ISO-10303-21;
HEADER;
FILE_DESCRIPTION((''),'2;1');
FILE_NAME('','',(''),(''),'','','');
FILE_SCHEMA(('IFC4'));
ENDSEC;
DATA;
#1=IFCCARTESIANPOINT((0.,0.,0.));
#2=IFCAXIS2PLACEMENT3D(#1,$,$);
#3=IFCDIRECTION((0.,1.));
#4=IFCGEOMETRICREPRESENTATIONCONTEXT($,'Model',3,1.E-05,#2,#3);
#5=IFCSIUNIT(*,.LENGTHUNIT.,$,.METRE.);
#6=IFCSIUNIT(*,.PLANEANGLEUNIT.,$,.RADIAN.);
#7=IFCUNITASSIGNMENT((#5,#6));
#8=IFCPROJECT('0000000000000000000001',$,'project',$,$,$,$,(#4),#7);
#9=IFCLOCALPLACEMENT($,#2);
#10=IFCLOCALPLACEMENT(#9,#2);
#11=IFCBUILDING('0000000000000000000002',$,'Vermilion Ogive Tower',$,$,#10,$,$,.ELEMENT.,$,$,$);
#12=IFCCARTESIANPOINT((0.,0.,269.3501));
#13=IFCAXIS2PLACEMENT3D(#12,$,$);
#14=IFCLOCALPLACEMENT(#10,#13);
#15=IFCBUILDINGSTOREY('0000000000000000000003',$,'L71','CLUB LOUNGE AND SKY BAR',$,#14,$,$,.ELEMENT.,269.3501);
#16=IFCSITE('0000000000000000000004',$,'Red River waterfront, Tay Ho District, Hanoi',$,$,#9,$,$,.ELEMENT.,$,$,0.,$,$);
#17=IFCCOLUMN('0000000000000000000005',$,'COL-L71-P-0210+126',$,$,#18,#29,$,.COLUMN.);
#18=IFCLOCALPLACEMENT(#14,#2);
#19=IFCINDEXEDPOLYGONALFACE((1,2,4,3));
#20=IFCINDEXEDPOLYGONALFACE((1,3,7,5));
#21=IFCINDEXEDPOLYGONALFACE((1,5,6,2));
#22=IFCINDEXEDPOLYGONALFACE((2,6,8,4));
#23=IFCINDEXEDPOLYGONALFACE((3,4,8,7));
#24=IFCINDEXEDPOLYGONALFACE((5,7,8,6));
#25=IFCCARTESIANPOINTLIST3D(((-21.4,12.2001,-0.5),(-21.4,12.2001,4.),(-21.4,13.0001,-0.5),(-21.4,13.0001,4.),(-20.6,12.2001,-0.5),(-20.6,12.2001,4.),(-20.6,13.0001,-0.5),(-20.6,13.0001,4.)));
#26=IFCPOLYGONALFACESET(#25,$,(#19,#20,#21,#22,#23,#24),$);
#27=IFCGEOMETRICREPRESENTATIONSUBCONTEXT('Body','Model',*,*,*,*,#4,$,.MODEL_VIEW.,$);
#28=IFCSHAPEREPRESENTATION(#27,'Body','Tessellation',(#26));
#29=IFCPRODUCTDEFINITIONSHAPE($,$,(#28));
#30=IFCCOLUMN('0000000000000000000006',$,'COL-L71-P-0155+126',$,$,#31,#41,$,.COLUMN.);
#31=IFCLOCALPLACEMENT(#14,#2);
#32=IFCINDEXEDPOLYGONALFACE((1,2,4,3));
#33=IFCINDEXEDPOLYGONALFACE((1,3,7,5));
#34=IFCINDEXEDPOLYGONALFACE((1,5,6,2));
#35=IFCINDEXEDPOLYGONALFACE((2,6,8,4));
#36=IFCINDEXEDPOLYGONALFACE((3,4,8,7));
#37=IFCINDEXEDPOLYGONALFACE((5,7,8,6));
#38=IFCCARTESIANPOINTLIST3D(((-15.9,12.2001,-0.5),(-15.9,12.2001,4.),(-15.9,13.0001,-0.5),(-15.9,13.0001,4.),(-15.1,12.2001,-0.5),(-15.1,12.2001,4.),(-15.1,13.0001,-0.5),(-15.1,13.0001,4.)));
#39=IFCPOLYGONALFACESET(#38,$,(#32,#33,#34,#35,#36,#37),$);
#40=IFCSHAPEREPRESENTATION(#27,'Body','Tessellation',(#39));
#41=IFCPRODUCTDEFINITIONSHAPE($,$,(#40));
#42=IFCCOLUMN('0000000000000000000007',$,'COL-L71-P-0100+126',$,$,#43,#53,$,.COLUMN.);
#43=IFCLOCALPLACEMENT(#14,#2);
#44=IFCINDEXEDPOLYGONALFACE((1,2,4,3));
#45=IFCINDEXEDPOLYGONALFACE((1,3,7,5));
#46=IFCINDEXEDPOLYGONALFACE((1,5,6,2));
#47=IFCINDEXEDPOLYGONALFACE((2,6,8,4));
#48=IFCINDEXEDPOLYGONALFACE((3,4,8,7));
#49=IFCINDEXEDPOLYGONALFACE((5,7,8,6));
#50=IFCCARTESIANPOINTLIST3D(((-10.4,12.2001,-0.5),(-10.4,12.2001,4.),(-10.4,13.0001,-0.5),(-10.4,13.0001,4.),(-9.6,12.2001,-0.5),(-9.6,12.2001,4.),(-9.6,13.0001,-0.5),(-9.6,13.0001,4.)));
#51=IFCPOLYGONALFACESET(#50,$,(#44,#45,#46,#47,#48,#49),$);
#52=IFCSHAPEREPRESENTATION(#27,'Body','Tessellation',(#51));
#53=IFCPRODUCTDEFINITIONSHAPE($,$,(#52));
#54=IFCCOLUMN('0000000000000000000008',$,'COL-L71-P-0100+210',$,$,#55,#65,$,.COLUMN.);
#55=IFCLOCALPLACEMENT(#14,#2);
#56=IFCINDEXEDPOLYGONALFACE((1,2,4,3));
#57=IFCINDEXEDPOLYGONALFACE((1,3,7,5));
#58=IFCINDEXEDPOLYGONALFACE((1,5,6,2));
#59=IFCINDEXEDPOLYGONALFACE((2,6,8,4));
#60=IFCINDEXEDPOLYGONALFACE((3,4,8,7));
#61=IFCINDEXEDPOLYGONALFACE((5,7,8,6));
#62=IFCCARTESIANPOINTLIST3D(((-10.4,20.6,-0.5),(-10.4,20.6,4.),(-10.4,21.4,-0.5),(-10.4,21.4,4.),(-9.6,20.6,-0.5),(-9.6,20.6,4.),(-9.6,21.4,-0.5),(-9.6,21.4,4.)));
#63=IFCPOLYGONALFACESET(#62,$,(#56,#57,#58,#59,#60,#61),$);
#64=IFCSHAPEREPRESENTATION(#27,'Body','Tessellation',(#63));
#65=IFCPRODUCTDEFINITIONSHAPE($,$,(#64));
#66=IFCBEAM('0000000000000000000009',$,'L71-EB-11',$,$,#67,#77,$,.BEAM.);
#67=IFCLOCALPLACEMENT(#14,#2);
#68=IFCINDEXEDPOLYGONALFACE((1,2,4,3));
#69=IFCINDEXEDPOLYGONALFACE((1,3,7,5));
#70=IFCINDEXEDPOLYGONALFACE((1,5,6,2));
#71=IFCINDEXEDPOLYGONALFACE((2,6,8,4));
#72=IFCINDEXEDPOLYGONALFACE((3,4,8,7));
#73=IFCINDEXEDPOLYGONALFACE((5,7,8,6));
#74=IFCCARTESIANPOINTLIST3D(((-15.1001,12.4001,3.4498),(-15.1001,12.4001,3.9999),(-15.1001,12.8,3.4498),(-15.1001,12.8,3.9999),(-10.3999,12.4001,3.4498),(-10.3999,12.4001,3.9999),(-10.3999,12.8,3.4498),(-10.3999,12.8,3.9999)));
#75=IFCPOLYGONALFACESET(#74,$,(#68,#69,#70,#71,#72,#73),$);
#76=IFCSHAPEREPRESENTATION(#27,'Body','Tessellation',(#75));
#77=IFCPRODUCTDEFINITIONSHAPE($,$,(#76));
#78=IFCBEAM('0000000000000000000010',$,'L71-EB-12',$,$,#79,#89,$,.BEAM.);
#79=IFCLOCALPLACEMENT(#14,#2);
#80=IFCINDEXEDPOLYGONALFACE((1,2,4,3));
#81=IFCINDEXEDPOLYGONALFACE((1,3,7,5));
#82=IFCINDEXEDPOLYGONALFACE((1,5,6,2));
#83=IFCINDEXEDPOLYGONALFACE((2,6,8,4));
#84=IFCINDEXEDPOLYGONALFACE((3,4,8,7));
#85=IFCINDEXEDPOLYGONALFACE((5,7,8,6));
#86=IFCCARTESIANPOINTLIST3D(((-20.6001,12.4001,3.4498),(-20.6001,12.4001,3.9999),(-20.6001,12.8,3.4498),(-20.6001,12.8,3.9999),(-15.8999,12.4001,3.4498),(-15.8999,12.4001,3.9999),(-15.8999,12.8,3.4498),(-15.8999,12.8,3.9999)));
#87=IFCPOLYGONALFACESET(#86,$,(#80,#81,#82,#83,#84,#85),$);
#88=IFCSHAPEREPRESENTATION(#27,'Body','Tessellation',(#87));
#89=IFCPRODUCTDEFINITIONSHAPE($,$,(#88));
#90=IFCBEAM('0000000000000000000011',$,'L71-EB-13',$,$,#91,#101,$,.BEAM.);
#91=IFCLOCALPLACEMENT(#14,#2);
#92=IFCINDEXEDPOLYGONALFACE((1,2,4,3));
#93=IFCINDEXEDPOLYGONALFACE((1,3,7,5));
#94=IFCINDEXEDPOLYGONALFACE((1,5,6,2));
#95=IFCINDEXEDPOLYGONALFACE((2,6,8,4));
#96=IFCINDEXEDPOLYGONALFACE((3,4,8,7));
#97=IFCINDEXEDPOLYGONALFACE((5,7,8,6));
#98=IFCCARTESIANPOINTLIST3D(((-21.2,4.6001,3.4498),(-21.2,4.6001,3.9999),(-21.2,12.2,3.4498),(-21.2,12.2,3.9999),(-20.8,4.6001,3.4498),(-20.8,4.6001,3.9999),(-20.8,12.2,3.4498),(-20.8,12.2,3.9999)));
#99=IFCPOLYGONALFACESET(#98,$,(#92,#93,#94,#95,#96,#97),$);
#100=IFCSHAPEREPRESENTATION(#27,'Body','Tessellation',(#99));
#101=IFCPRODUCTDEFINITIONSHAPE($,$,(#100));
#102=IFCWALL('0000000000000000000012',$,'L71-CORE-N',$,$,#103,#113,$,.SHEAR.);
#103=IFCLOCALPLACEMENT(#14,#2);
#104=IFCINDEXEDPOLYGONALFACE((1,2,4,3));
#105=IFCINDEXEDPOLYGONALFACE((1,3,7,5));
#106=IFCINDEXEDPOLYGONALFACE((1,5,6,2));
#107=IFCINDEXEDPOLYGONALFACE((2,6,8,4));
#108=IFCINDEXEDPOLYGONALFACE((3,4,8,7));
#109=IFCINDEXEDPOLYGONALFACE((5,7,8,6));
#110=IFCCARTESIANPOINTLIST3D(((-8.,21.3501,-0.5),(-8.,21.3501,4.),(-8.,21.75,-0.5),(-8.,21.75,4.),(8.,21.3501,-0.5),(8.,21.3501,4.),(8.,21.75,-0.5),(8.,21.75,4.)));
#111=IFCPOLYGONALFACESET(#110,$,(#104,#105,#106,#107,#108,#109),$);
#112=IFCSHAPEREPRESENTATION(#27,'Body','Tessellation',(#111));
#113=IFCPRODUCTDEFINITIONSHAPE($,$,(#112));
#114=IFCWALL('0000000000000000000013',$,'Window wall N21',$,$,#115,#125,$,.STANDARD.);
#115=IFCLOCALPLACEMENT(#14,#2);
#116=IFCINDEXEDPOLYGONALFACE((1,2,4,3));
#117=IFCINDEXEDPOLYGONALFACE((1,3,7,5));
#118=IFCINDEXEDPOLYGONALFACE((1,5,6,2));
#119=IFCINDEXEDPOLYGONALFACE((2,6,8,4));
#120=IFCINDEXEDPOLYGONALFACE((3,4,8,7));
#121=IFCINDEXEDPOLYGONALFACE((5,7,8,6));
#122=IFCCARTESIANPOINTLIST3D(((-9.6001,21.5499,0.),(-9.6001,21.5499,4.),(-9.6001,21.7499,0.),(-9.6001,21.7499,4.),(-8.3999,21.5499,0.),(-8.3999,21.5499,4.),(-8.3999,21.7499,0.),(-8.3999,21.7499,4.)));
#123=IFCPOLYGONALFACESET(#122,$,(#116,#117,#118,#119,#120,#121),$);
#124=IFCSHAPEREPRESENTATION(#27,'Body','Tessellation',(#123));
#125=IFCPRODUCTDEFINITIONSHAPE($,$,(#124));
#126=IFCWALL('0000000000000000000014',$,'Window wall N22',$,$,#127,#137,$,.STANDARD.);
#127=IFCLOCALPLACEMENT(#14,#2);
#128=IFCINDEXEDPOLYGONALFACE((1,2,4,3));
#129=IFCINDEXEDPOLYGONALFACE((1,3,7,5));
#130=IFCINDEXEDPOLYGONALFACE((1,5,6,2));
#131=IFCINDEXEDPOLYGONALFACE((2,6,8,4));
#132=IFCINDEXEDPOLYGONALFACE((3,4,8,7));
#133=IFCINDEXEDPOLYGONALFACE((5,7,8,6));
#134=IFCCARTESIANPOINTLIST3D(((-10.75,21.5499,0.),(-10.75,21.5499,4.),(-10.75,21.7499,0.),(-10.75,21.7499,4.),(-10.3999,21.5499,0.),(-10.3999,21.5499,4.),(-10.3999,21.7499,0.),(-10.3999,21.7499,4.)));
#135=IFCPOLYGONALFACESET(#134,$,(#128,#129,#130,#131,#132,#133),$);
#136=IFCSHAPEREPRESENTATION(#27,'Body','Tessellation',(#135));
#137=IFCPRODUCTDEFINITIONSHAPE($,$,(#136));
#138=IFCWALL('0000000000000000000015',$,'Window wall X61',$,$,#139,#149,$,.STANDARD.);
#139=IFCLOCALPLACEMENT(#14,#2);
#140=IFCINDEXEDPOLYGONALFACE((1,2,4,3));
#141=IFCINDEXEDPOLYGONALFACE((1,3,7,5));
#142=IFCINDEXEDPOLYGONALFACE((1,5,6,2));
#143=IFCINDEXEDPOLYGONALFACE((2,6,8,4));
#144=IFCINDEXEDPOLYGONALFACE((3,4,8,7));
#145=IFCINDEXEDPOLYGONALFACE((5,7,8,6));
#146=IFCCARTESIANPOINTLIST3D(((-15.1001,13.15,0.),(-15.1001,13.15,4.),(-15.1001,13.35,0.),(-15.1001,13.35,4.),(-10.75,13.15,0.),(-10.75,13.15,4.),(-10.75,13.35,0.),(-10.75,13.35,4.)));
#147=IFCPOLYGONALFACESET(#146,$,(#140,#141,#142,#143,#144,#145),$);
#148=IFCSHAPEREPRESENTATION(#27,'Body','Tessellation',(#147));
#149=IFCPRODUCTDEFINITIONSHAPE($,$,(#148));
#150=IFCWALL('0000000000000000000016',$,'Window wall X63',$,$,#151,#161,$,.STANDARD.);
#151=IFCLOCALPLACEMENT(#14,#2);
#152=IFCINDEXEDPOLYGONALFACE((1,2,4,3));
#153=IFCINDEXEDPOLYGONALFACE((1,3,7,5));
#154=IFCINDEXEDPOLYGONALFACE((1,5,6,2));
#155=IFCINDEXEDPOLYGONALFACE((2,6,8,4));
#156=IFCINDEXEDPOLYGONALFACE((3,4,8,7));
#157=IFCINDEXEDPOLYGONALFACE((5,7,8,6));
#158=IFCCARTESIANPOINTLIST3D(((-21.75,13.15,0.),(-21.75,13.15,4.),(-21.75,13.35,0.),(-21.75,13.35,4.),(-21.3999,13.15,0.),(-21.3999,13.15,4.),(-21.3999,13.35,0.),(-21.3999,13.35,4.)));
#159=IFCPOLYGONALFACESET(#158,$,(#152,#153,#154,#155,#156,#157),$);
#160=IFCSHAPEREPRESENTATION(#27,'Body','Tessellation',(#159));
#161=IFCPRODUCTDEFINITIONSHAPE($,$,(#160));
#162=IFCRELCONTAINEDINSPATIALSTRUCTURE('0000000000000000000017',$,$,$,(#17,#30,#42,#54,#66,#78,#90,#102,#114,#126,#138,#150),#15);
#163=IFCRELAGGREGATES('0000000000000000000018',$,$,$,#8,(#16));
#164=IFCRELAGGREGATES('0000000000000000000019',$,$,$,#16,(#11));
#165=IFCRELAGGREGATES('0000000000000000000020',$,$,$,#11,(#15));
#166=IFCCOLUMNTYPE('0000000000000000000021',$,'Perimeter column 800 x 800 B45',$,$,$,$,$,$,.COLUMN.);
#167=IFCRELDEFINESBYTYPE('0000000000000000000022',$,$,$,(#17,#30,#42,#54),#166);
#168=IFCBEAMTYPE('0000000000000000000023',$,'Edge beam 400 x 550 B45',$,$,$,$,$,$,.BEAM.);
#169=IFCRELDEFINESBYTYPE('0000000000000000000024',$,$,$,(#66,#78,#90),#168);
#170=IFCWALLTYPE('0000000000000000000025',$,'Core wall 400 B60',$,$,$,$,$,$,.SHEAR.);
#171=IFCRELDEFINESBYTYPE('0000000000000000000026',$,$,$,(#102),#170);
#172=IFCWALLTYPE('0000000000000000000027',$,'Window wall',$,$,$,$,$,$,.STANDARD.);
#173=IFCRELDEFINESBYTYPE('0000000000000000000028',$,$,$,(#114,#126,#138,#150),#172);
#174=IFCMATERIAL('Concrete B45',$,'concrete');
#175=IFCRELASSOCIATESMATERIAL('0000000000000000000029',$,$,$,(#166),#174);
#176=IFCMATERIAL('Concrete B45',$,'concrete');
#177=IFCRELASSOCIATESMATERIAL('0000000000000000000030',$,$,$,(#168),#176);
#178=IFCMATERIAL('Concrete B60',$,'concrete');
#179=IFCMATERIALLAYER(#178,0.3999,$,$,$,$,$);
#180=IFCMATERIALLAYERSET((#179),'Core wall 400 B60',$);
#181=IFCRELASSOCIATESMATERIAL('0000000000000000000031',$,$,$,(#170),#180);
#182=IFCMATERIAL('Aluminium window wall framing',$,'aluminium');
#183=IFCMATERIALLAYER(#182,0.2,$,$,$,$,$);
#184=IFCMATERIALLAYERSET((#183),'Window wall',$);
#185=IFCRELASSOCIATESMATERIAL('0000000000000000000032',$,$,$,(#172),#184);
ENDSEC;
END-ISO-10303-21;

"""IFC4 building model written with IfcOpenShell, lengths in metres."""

from ifc_helpers import new_model, si_unit, direction, frame, frame_2d, origin, origin_2d, place, context, subcontext, project, spatial, rectangle, extrude, material, layer, layer_set, material_profile, profile_set, type_object, element, save


model = new_model("IFC4")

# Units and contexts
model_context = context("Model", 3, precision=1e-05, world=origin(), true_north=direction((0.0, 1.0)))
body_context = subcontext(model_context, "Body", "Model", "MODEL_VIEW")
ifc_project = project(units=[si_unit("LENGTHUNIT", "METRE"), si_unit("PLANEANGLEUNIT", "RADIAN")], contexts=[model_context])

# Site, building, storey
site_placement = place(None, origin())
site = spatial("IfcSite", under=ifc_project, at=site_placement, Name="Red River waterfront, Tay Ho District, Hanoi", CompositionType="ELEMENT", RefElevation=0.0)
building_placement = place(site_placement, origin())
building = spatial("IfcBuilding", under=site, at=building_placement, Name="Vermilion Ogive Tower", CompositionType="ELEMENT")
storey_placement = place(building_placement, frame((0.0, 0.0, 269.3501)))
storey = spatial("IfcBuildingStorey", under=building, at=storey_placement, Name="L71", Description="CLUB LOUNGE AND SKY BAR", CompositionType="ELEMENT", Elevation=269.3501)

# Columns
ifc_material_1 = material(Name="Concrete B45", Category="concrete")
ifc_material_profile_1 = material_profile(ifc_material_1, rectangle(XDim=0.8, YDim=0.8, at=origin_2d()), Name="800 x 800")
ifc_profile_set_1 = profile_set([ifc_material_profile_1], Name="Concrete B45")
column_type = type_object("IfcColumnType", Name="Perimeter column 800 x 800 B45", PredefinedType="COLUMN", material=ifc_profile_set_1)
for number, where, z_axis, x_axis, name in (
    (1, (-21.0, 12.6001, -0.5), (0.0, 0.0, 1.0), (1.0, 0.0, 0.0), "COL-L71-P-0210+126"),
    (2, (-15.5, 12.6001, -0.5), (0.0, 0.0, 1.0), (1.0, 0.0, 0.0), "COL-L71-P-0155+126"),
    (3, (-10.0, 12.6001, -0.5), (0.0, 0.0, 1.0), (1.0, 0.0, 0.0), "COL-L71-P-0100+126"),
    (4, (-10.0, 21.0, -0.5), (0.0, 0.0, 1.0), (1.0, 0.0, 0.0), "COL-L71-P-0100+210"),
):
    element("IfcColumn", number, at=place(storey_placement, frame(where, z_axis=z_axis, x_axis=x_axis)), inside=storey, type_object=column_type, Name=name, PredefinedType="COLUMN", context=body_context, shape_type="SweptSolid", body=[
        extrude(rectangle(XDim=0.8, YDim=0.8, at=origin_2d()), origin(), (0.0, 0.0, 1.0), 4.5),
    ])

# Beams
ifc_material_2 = material(Name="Concrete B45", Category="concrete")
ifc_material_profile_2 = material_profile(ifc_material_2, rectangle(XDim=0.3999, YDim=0.55, at=origin_2d()), Name="400 x 550")
ifc_profile_set_2 = profile_set([ifc_material_profile_2], Name="Concrete B45")
beam_type = type_object("IfcBeamType", Name="Edge beam 400 x 550 B45", PredefinedType="BEAM", material=ifc_profile_set_2)
for number, where, z_axis, x_axis, name in (
    (5, (-10.3999, 12.6001, 3.7249), (-1.0, 0.0, 0.0), (0.0, -1.0, 0.0), "L71-EB-11"),
    (6, (-15.8999, 12.6001, 3.7249), (-1.0, 0.0, 0.0), (0.0, -1.0, 0.0), "L71-EB-12"),
):
    element("IfcBeam", number, at=place(storey_placement, frame(where, z_axis=z_axis, x_axis=x_axis)), inside=storey, type_object=beam_type, Name=name, PredefinedType="BEAM", context=body_context, shape_type="SweptSolid", body=[
        extrude(rectangle(XDim=0.3999, YDim=0.55, at=origin_2d()), origin(), (0.0, 0.0, 1.0), 4.7002),
    ])
beam_placement = place(storey_placement, frame((-21.0, 12.2, 3.7249), z_axis=(0.0, -1.0, 0.0), x_axis=(1.0, 0.0, 0.0)))
element("IfcBeam", 7, at=beam_placement, inside=storey, type_object=beam_type, Name="L71-EB-13", PredefinedType="BEAM", context=body_context, shape_type="SweptSolid", body=[
    extrude(rectangle(XDim=0.3999, YDim=0.55, at=origin_2d()), origin(), (0.0, 0.0, 1.0), 7.5999),
])

# Walls
ifc_material_3 = material(Name="Concrete B60", Category="concrete")
ifc_layer_1 = layer(ifc_material_3, 0.3999)
ifc_layer_set_1 = layer_set([ifc_layer_1], Name="Core wall 400 B60")
wall_type_1 = type_object("IfcWallType", Name="Core wall 400 B60", PredefinedType="SHEAR", material=ifc_layer_set_1)
wall_1_placement = place(storey_placement, frame((-8.0, 21.55, -0.5), z_axis=(0.0, 0.0, 1.0), x_axis=(1.0, 0.0, 0.0)))
element("IfcWall", 8, at=wall_1_placement, inside=storey, type_object=wall_type_1, Name="L71-CORE-N", PredefinedType="SHEAR", context=body_context, shape_type="SweptSolid", body=[
    extrude(rectangle(XDim=16.0, YDim=0.3999, at=frame_2d((8.0, 0.0))), origin(), (0.0, 0.0, 1.0), 4.5),
])
ifc_material_4 = material(Name="Aluminium window wall framing", Category="aluminium")
ifc_layer_2 = layer(ifc_material_4, 0.2)
ifc_layer_set_2 = layer_set([ifc_layer_2], Name="Window wall")
wall_type_2 = type_object("IfcWallType", Name="Window wall", PredefinedType="STANDARD", material=ifc_layer_set_2)
wall_2_placement = place(storey_placement, frame((-8.3999, 21.6499, 0.0), z_axis=(0.0, 0.0, 1.0), x_axis=(-1.0, 0.0, 0.0)))
element("IfcWall", 9, at=wall_2_placement, inside=storey, type_object=wall_type_2, Name="Window wall N21", PredefinedType="STANDARD", context=body_context, shape_type="SweptSolid", body=[
    extrude(rectangle(XDim=1.2002, YDim=0.2, at=frame_2d((0.6001, 0.0))), origin(), (0.0, 0.0, 1.0), 4.0),
])
wall_3_placement = place(storey_placement, frame((-10.3999, 21.6499, 0.0), z_axis=(0.0, 0.0, 1.0), x_axis=(-1.0, 0.0, 0.0)))
element("IfcWall", 10, at=wall_3_placement, inside=storey, type_object=wall_type_2, Name="Window wall N22", PredefinedType="STANDARD", context=body_context, shape_type="SweptSolid", body=[
    extrude(rectangle(XDim=0.3501, YDim=0.2, at=frame_2d((0.175, 0.0))), origin(), (0.0, 0.0, 1.0), 4.0),
])

# Wall
wall_4_placement = place(storey_placement, frame((-10.75, 13.25, 0.0), z_axis=(0.0, 0.0, 1.0), x_axis=(-1.0, 0.0, 0.0)))
element("IfcWall", 11, at=wall_4_placement, inside=storey, type_object=wall_type_2, Name="Window wall X61", PredefinedType="STANDARD", context=body_context, shape_type="SweptSolid", body=[
    extrude(rectangle(XDim=4.3501, YDim=0.2, at=frame_2d((2.175, 0.0))), origin(), (0.0, 0.0, 1.0), 4.0),
])

# Wall
wall_5_placement = place(storey_placement, frame((-21.3999, 13.25, 0.0), z_axis=(0.0, 0.0, 1.0), x_axis=(-1.0, 0.0, 0.0)))
element("IfcWall", 12, at=wall_5_placement, inside=storey, type_object=wall_type_2, Name="Window wall X63", PredefinedType="STANDARD", context=body_context, shape_type="SweptSolid", body=[
    extrude(rectangle(XDim=0.3501, YDim=0.2, at=frame_2d((0.175, 0.0))), origin(), (0.0, 0.0, 1.0), 4.0),
])

save(model, "model.ifc")
